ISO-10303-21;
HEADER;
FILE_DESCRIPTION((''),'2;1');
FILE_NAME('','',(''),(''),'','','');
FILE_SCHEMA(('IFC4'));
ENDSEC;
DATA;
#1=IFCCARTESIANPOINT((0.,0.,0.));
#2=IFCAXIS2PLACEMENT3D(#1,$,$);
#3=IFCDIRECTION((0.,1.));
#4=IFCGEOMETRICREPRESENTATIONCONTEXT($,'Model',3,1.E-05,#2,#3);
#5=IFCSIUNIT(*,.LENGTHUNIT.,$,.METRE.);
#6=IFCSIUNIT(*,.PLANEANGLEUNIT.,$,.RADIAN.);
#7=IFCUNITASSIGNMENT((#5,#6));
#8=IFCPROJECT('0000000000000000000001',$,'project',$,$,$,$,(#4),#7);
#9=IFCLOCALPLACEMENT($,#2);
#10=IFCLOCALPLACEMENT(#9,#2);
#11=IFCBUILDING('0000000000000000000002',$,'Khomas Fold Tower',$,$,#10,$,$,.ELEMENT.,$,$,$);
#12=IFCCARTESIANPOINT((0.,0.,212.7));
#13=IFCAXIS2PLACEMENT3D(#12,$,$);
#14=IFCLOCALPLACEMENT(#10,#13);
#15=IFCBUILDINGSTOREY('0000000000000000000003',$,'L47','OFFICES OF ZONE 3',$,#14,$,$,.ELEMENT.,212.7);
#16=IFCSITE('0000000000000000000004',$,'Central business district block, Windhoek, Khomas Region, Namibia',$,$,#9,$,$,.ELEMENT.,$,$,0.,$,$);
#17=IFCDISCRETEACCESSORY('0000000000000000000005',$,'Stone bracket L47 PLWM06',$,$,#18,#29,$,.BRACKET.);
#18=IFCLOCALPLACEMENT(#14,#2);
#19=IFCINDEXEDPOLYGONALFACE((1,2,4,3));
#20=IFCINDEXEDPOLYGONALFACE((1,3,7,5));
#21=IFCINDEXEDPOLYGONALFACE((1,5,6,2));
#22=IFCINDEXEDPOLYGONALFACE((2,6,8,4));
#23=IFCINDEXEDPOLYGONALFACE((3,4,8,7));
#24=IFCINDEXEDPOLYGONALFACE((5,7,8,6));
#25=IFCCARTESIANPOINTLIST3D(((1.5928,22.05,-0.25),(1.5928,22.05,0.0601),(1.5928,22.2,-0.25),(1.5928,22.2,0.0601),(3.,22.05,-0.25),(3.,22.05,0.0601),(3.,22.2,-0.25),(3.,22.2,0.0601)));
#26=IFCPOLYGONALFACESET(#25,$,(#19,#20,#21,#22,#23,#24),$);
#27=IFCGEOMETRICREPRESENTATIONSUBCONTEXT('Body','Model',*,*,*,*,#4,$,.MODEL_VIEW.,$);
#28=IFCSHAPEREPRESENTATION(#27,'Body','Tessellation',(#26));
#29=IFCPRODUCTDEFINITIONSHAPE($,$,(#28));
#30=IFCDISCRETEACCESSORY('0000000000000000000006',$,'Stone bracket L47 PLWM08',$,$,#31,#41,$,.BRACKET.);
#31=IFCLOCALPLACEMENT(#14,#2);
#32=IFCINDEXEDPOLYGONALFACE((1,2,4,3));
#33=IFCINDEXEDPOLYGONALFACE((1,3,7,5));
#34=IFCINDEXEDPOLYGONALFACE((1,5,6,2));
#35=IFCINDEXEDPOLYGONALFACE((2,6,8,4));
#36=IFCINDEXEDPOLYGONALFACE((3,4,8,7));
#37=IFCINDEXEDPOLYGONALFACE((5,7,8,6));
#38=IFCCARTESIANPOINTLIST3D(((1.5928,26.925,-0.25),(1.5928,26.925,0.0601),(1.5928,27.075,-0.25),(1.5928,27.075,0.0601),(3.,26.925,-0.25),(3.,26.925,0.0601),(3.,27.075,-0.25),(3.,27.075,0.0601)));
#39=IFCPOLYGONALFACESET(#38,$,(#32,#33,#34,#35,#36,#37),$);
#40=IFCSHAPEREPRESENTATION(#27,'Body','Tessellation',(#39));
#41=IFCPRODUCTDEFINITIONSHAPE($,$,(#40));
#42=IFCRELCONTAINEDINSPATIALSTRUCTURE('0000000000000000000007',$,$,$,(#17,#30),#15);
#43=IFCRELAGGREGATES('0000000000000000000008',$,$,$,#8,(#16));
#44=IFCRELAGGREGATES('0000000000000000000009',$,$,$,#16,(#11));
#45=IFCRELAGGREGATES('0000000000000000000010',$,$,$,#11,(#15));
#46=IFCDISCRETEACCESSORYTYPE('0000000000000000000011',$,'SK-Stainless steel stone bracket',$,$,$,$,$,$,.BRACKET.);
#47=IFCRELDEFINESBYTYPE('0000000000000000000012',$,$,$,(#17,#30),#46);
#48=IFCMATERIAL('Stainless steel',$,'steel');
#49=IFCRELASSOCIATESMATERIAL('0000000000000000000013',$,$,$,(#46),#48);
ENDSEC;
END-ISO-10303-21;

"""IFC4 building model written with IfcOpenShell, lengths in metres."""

from ifc_helpers import new_model, si_unit, direction, frame, origin, origin_2d, place, context, subcontext, project, spatial, rectangle, extrude, source, transform, mapped, material, type_object, element, save


model = new_model("IFC4")

# Units and contexts
model_context = context("Model", 3, precision=1e-05, world=origin(), true_north=direction((0.0, 1.0)))
body_context = subcontext(model_context, "Body", "Model", "MODEL_VIEW")
ifc_project = project(units=[si_unit("LENGTHUNIT", "METRE"), si_unit("PLANEANGLEUNIT", "RADIAN")], contexts=[model_context])

# Site, building, storey
site_placement = place(None, origin())
site = spatial("IfcSite", under=ifc_project, at=site_placement, Name="Central business district block, Windhoek, Khomas Region, Namibia", CompositionType="ELEMENT", RefElevation=0.0)
building_placement = place(site_placement, origin())
building = spatial("IfcBuilding", under=site, at=building_placement, Name="Khomas Fold Tower", CompositionType="ELEMENT")
storey_placement = place(building_placement, frame((0.0, 0.0, 212.7)))
storey = spatial("IfcBuildingStorey", under=building, at=storey_placement, Name="L47", Description="OFFICES OF ZONE 3", CompositionType="ELEMENT", Elevation=212.7)

# Discrete accessories
ifc_material_1 = material(Name="Stainless steel", Category="steel")
discrete_accessory_type = type_object("IfcDiscreteAccessoryType", Name="SK-Stainless steel stone bracket", PredefinedType="BRACKET", material=ifc_material_1)
shared_shape_1 = source(origin(), body_context, "Body", "SweptSolid", [
    extrude(rectangle(XDim=1.4072, YDim=0.1499, at=origin_2d()), origin(), (0.0, 0.0, 1.0), 0.3101),
])
for number, where, z_axis, x_axis, name in (
    (1, (2.2964, 22.125, -0.25), (0.0, 0.0, 1.0), (-1.0, 0.0, 0.0), "Stone bracket L47 PLWM06"),
    (2, (2.2964, 27.0, -0.25), (0.0, 0.0, 1.0), (-1.0, 0.0, 0.0), "Stone bracket L47 PLWM08"),
):
    element("IfcDiscreteAccessory", number, at=place(storey_placement, frame(where, z_axis=z_axis, x_axis=x_axis)), inside=storey, type_object=discrete_accessory_type, Name=name, PredefinedType="BRACKET", context=body_context, shape_type="MappedRepresentation", body=[
        mapped(shared_shape_1, transform((0.0, 0.0, 0.0))),
    ])

save(model, "model.ifc")
